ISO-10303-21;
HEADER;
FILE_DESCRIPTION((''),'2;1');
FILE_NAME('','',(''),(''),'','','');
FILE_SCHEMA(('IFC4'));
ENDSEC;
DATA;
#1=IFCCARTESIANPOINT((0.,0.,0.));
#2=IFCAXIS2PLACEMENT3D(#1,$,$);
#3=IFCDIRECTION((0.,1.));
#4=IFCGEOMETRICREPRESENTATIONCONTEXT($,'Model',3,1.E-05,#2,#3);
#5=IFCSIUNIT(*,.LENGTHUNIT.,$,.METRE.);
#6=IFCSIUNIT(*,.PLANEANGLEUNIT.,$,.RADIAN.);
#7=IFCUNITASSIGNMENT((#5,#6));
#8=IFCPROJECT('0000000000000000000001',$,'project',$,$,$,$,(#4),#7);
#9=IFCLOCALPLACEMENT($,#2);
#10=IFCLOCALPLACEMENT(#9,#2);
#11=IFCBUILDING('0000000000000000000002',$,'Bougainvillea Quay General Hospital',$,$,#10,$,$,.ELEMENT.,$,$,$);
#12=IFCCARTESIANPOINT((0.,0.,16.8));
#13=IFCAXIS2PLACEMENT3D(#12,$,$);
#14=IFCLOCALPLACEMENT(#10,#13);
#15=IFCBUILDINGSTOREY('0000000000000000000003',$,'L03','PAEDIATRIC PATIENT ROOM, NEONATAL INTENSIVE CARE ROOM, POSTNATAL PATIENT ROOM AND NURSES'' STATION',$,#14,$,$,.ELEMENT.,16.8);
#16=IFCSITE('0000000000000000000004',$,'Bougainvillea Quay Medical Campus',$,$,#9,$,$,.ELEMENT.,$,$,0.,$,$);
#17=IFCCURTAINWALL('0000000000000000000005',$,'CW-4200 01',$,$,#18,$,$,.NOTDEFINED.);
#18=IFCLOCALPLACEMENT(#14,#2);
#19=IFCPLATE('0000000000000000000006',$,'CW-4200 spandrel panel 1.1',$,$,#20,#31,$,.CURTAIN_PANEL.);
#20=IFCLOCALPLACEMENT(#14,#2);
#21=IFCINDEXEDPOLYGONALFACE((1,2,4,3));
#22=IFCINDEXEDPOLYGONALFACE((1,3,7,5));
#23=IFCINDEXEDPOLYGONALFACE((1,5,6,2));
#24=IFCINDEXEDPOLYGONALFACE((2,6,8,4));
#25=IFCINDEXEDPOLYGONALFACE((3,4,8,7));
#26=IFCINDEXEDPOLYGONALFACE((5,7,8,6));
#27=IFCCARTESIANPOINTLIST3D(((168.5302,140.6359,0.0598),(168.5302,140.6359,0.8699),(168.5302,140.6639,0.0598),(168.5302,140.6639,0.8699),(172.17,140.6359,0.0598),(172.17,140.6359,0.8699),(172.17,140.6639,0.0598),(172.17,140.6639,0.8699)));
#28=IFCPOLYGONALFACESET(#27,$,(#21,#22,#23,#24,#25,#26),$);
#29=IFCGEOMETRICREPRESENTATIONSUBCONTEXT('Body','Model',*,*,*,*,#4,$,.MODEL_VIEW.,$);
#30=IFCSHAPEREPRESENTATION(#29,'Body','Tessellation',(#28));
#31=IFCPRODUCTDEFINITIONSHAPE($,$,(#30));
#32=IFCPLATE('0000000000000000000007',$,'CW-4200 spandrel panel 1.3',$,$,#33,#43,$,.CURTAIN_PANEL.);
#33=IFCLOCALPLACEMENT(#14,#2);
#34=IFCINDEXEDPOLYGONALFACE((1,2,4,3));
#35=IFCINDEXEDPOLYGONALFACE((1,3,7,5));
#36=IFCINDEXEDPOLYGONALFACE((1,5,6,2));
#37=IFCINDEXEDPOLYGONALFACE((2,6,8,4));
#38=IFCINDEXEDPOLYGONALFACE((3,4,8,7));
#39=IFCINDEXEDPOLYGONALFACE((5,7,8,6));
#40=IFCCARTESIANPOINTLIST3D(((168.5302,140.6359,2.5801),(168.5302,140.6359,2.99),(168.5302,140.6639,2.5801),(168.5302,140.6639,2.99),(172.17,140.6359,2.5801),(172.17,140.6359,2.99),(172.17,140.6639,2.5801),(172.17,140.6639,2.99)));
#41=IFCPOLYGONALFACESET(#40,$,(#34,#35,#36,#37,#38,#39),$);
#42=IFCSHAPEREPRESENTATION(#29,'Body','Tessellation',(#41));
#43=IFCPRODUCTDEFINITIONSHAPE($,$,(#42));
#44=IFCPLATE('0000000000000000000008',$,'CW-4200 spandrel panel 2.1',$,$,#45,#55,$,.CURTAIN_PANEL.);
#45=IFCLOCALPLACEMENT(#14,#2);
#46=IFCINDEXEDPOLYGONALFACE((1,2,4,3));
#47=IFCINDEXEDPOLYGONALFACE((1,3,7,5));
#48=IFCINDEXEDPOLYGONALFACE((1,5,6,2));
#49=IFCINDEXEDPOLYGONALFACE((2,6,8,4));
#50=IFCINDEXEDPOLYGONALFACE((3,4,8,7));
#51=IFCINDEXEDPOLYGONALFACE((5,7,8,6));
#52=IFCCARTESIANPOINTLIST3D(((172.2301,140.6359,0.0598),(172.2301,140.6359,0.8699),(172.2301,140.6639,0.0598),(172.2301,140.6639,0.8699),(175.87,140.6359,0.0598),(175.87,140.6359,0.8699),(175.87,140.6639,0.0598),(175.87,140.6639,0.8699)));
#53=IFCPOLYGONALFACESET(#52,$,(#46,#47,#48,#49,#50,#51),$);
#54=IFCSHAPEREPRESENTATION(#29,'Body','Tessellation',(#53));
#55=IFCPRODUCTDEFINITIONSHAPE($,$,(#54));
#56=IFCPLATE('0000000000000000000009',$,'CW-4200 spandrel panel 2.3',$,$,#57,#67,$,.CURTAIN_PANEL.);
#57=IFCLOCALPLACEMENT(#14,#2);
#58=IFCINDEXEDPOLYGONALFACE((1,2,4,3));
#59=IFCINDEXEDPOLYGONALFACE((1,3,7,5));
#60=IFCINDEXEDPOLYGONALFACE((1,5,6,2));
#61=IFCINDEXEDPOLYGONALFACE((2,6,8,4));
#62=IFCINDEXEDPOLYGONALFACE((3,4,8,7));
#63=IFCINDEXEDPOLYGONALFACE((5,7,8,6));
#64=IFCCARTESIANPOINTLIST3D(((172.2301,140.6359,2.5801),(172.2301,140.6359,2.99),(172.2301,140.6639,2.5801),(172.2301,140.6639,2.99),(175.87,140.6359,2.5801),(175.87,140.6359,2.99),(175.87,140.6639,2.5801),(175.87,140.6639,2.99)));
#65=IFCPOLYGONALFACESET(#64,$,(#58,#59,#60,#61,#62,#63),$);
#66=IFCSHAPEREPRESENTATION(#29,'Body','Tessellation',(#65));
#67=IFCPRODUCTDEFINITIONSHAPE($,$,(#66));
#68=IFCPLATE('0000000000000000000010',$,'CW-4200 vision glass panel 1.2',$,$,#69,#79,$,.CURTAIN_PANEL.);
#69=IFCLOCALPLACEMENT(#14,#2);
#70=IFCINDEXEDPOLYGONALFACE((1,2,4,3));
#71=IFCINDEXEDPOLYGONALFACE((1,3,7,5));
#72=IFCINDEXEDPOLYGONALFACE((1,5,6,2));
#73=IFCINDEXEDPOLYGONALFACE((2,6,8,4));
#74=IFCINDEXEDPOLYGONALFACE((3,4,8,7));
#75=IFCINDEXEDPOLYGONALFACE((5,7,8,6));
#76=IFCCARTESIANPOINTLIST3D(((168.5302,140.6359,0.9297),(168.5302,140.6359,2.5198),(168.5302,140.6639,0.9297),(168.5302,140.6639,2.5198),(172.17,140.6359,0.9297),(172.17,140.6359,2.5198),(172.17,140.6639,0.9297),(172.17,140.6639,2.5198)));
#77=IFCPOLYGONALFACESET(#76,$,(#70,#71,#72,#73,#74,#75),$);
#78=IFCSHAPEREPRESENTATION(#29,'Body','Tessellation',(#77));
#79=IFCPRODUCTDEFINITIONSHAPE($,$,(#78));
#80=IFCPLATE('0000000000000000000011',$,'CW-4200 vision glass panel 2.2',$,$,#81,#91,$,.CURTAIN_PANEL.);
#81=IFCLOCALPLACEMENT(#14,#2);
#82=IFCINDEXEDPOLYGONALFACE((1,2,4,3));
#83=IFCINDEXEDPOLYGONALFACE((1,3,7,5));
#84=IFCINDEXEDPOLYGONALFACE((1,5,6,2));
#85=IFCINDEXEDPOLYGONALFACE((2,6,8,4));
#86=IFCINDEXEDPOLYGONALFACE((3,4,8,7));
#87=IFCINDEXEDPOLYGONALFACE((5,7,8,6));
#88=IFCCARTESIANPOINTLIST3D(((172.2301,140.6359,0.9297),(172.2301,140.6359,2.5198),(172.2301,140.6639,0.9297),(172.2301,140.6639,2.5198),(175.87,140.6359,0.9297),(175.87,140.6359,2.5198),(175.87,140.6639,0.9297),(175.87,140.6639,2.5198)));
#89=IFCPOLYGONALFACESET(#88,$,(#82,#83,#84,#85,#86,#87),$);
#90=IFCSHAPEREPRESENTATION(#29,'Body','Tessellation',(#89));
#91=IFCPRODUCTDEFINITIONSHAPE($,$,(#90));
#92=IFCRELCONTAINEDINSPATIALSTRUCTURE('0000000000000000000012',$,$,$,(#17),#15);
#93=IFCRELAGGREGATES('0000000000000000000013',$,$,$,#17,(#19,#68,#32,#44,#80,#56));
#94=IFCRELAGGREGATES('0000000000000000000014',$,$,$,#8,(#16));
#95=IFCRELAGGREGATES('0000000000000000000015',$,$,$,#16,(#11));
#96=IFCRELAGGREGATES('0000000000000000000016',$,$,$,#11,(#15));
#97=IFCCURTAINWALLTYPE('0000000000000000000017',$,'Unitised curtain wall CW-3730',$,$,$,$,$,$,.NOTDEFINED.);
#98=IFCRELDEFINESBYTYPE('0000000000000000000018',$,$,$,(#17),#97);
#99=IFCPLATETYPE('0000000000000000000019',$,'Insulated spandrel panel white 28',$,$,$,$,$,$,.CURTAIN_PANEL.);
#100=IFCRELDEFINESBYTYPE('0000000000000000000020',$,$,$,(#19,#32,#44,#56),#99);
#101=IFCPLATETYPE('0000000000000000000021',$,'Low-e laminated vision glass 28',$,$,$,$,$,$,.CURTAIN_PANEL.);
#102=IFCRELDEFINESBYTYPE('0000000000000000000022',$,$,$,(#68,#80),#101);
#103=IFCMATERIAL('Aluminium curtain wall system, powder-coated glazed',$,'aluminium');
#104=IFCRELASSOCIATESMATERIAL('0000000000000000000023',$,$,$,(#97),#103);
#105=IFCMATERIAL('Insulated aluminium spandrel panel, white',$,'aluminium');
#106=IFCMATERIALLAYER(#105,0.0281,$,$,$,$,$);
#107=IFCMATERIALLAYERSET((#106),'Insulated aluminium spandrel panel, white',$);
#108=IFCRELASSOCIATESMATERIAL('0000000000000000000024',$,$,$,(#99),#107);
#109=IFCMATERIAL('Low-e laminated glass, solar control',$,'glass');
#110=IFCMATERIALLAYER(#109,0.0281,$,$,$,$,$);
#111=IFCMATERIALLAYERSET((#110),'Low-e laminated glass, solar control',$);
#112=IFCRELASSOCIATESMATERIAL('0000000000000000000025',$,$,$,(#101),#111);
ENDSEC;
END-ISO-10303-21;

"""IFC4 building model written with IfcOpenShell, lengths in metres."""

from ifc_helpers import new_model, si_unit, direction, frame, origin, origin_2d, place, context, subcontext, project, spatial, rectangle, extrude, material, layer, layer_set, type_object, element, aggregate, save


model = new_model("IFC4")

# Units and contexts
model_context = context("Model", 3, precision=1e-05, world=origin(), true_north=direction((0.0, 1.0)))
body_context = subcontext(model_context, "Body", "Model", "MODEL_VIEW")
ifc_project = project(units=[si_unit("LENGTHUNIT", "METRE"), si_unit("PLANEANGLEUNIT", "RADIAN")], contexts=[model_context])

# Site, building, storey
site_placement = place(None, origin())
site = spatial("IfcSite", under=ifc_project, at=site_placement, Name="Bougainvillea Quay Medical Campus", CompositionType="ELEMENT", RefElevation=0.0)
building_placement = place(site_placement, origin())
building = spatial("IfcBuilding", under=site, at=building_placement, Name="Bougainvillea Quay General Hospital", CompositionType="ELEMENT")
storey_placement = place(building_placement, frame((0.0, 0.0, 16.8)))
storey = spatial("IfcBuildingStorey", under=building, at=storey_placement, Name="L03", Description="PAEDIATRIC PATIENT ROOM, NEONATAL INTENSIVE CARE ROOM, POSTNATAL PATIENT ROOM AND NURSES' STATION", CompositionType="ELEMENT", Elevation=16.8)

# Curtain wall
ifc_material_1 = material(Name="Aluminium curtain wall system, powder-coated glazed", Category="aluminium")
curtain_wall_type = type_object("IfcCurtainWallType", Name="Unitised curtain wall CW-3730", PredefinedType="NOTDEFINED", material=ifc_material_1)
curtain_wall_1_placement = place(storey_placement, origin())
curtain_wall_1 = element("IfcCurtainWall", 1, at=curtain_wall_1_placement, inside=storey, type_object=curtain_wall_type, Name="CW-4200 01", PredefinedType="NOTDEFINED")

# Plates
ifc_material_2 = material(Name="Insulated aluminium spandrel panel, white", Category="aluminium")
ifc_layer_1 = layer(ifc_material_2, 0.0281)
ifc_layer_set_1 = layer_set([ifc_layer_1], Name="Insulated aluminium spandrel panel, white")
plate_type_1 = type_object("IfcPlateType", Name="Insulated spandrel panel white 28", PredefinedType="CURTAIN_PANEL", material=ifc_layer_set_1)
plate_1_placement = place(storey_placement, frame((170.3501, 140.6499, 0.0598), z_axis=(0.0, 0.0, 1.0), x_axis=(1.0, 0.0, 0.0)))
plate_1 = element("IfcPlate", 2, at=plate_1_placement, type_object=plate_type_1, Name="CW-4200 spandrel panel 1.1", PredefinedType="CURTAIN_PANEL", context=body_context, shape_type="SweptSolid", body=[
    extrude(rectangle(XDim=3.6399, YDim=0.0281, at=origin_2d()), origin(), (0.0, 0.0, 1.0), 0.8101),
])
plate_2_placement = place(storey_placement, frame((170.3501, 140.6499, 2.5801), z_axis=(0.0, 0.0, 1.0), x_axis=(1.0, 0.0, 0.0)))
plate_2 = element("IfcPlate", 3, at=plate_2_placement, type_object=plate_type_1, Name="CW-4200 spandrel panel 1.3", PredefinedType="CURTAIN_PANEL", context=body_context, shape_type="SweptSolid", body=[
    extrude(rectangle(XDim=3.6399, YDim=0.0281, at=origin_2d()), origin(), (0.0, 0.0, 1.0), 0.4099),
])
plate_3_placement = place(storey_placement, frame((174.05, 140.6499, 0.0598), z_axis=(0.0, 0.0, 1.0), x_axis=(1.0, 0.0, 0.0)))
plate_3 = element("IfcPlate", 4, at=plate_3_placement, type_object=plate_type_1, Name="CW-4200 spandrel panel 2.1", PredefinedType="CURTAIN_PANEL", context=body_context, shape_type="SweptSolid", body=[
    extrude(rectangle(XDim=3.6399, YDim=0.0281, at=origin_2d()), origin(), (0.0, 0.0, 1.0), 0.8101),
])
plate_4_placement = place(storey_placement, frame((174.05, 140.6499, 2.5801), z_axis=(0.0, 0.0, 1.0), x_axis=(1.0, 0.0, 0.0)))
plate_4 = element("IfcPlate", 5, at=plate_4_placement, type_object=plate_type_1, Name="CW-4200 spandrel panel 2.3", PredefinedType="CURTAIN_PANEL", context=body_context, shape_type="SweptSolid", body=[
    extrude(rectangle(XDim=3.6399, YDim=0.0281, at=origin_2d()), origin(), (0.0, 0.0, 1.0), 0.4099),
])
ifc_material_3 = material(Name="Low-e laminated glass, solar control", Category="glass")
ifc_layer_2 = layer(ifc_material_3, 0.0281)
ifc_layer_set_2 = layer_set([ifc_layer_2], Name="Low-e laminated glass, solar control")
plate_type_2 = type_object("IfcPlateType", Name="Low-e laminated vision glass 28", PredefinedType="CURTAIN_PANEL", material=ifc_layer_set_2)
plate_5_placement = place(storey_placement, frame((170.3501, 140.6499, 0.9297), z_axis=(0.0, 0.0, 1.0), x_axis=(1.0, 0.0, 0.0)))
plate_5 = element("IfcPlate", 6, at=plate_5_placement, type_object=plate_type_2, Name="CW-4200 vision glass panel 1.2", PredefinedType="CURTAIN_PANEL", context=body_context, shape_type="SweptSolid", body=[
    extrude(rectangle(XDim=3.6399, YDim=0.0281, at=origin_2d()), origin(), (0.0, 0.0, 1.0), 1.5901),
])
plate_6_placement = place(storey_placement, frame((174.05, 140.6499, 0.9297), z_axis=(0.0, 0.0, 1.0), x_axis=(1.0, 0.0, 0.0)))
plate_6 = element("IfcPlate", 7, at=plate_6_placement, type_object=plate_type_2, Name="CW-4200 vision glass panel 2.2", PredefinedType="CURTAIN_PANEL", context=body_context, shape_type="SweptSolid", body=[
    extrude(rectangle(XDim=3.6399, YDim=0.0281, at=origin_2d()), origin(), (0.0, 0.0, 1.0), 1.5901),
])
aggregate(curtain_wall_1, [plate_1, plate_5, plate_2, plate_3, plate_6, plate_4])

save(model, "model.ifc")
